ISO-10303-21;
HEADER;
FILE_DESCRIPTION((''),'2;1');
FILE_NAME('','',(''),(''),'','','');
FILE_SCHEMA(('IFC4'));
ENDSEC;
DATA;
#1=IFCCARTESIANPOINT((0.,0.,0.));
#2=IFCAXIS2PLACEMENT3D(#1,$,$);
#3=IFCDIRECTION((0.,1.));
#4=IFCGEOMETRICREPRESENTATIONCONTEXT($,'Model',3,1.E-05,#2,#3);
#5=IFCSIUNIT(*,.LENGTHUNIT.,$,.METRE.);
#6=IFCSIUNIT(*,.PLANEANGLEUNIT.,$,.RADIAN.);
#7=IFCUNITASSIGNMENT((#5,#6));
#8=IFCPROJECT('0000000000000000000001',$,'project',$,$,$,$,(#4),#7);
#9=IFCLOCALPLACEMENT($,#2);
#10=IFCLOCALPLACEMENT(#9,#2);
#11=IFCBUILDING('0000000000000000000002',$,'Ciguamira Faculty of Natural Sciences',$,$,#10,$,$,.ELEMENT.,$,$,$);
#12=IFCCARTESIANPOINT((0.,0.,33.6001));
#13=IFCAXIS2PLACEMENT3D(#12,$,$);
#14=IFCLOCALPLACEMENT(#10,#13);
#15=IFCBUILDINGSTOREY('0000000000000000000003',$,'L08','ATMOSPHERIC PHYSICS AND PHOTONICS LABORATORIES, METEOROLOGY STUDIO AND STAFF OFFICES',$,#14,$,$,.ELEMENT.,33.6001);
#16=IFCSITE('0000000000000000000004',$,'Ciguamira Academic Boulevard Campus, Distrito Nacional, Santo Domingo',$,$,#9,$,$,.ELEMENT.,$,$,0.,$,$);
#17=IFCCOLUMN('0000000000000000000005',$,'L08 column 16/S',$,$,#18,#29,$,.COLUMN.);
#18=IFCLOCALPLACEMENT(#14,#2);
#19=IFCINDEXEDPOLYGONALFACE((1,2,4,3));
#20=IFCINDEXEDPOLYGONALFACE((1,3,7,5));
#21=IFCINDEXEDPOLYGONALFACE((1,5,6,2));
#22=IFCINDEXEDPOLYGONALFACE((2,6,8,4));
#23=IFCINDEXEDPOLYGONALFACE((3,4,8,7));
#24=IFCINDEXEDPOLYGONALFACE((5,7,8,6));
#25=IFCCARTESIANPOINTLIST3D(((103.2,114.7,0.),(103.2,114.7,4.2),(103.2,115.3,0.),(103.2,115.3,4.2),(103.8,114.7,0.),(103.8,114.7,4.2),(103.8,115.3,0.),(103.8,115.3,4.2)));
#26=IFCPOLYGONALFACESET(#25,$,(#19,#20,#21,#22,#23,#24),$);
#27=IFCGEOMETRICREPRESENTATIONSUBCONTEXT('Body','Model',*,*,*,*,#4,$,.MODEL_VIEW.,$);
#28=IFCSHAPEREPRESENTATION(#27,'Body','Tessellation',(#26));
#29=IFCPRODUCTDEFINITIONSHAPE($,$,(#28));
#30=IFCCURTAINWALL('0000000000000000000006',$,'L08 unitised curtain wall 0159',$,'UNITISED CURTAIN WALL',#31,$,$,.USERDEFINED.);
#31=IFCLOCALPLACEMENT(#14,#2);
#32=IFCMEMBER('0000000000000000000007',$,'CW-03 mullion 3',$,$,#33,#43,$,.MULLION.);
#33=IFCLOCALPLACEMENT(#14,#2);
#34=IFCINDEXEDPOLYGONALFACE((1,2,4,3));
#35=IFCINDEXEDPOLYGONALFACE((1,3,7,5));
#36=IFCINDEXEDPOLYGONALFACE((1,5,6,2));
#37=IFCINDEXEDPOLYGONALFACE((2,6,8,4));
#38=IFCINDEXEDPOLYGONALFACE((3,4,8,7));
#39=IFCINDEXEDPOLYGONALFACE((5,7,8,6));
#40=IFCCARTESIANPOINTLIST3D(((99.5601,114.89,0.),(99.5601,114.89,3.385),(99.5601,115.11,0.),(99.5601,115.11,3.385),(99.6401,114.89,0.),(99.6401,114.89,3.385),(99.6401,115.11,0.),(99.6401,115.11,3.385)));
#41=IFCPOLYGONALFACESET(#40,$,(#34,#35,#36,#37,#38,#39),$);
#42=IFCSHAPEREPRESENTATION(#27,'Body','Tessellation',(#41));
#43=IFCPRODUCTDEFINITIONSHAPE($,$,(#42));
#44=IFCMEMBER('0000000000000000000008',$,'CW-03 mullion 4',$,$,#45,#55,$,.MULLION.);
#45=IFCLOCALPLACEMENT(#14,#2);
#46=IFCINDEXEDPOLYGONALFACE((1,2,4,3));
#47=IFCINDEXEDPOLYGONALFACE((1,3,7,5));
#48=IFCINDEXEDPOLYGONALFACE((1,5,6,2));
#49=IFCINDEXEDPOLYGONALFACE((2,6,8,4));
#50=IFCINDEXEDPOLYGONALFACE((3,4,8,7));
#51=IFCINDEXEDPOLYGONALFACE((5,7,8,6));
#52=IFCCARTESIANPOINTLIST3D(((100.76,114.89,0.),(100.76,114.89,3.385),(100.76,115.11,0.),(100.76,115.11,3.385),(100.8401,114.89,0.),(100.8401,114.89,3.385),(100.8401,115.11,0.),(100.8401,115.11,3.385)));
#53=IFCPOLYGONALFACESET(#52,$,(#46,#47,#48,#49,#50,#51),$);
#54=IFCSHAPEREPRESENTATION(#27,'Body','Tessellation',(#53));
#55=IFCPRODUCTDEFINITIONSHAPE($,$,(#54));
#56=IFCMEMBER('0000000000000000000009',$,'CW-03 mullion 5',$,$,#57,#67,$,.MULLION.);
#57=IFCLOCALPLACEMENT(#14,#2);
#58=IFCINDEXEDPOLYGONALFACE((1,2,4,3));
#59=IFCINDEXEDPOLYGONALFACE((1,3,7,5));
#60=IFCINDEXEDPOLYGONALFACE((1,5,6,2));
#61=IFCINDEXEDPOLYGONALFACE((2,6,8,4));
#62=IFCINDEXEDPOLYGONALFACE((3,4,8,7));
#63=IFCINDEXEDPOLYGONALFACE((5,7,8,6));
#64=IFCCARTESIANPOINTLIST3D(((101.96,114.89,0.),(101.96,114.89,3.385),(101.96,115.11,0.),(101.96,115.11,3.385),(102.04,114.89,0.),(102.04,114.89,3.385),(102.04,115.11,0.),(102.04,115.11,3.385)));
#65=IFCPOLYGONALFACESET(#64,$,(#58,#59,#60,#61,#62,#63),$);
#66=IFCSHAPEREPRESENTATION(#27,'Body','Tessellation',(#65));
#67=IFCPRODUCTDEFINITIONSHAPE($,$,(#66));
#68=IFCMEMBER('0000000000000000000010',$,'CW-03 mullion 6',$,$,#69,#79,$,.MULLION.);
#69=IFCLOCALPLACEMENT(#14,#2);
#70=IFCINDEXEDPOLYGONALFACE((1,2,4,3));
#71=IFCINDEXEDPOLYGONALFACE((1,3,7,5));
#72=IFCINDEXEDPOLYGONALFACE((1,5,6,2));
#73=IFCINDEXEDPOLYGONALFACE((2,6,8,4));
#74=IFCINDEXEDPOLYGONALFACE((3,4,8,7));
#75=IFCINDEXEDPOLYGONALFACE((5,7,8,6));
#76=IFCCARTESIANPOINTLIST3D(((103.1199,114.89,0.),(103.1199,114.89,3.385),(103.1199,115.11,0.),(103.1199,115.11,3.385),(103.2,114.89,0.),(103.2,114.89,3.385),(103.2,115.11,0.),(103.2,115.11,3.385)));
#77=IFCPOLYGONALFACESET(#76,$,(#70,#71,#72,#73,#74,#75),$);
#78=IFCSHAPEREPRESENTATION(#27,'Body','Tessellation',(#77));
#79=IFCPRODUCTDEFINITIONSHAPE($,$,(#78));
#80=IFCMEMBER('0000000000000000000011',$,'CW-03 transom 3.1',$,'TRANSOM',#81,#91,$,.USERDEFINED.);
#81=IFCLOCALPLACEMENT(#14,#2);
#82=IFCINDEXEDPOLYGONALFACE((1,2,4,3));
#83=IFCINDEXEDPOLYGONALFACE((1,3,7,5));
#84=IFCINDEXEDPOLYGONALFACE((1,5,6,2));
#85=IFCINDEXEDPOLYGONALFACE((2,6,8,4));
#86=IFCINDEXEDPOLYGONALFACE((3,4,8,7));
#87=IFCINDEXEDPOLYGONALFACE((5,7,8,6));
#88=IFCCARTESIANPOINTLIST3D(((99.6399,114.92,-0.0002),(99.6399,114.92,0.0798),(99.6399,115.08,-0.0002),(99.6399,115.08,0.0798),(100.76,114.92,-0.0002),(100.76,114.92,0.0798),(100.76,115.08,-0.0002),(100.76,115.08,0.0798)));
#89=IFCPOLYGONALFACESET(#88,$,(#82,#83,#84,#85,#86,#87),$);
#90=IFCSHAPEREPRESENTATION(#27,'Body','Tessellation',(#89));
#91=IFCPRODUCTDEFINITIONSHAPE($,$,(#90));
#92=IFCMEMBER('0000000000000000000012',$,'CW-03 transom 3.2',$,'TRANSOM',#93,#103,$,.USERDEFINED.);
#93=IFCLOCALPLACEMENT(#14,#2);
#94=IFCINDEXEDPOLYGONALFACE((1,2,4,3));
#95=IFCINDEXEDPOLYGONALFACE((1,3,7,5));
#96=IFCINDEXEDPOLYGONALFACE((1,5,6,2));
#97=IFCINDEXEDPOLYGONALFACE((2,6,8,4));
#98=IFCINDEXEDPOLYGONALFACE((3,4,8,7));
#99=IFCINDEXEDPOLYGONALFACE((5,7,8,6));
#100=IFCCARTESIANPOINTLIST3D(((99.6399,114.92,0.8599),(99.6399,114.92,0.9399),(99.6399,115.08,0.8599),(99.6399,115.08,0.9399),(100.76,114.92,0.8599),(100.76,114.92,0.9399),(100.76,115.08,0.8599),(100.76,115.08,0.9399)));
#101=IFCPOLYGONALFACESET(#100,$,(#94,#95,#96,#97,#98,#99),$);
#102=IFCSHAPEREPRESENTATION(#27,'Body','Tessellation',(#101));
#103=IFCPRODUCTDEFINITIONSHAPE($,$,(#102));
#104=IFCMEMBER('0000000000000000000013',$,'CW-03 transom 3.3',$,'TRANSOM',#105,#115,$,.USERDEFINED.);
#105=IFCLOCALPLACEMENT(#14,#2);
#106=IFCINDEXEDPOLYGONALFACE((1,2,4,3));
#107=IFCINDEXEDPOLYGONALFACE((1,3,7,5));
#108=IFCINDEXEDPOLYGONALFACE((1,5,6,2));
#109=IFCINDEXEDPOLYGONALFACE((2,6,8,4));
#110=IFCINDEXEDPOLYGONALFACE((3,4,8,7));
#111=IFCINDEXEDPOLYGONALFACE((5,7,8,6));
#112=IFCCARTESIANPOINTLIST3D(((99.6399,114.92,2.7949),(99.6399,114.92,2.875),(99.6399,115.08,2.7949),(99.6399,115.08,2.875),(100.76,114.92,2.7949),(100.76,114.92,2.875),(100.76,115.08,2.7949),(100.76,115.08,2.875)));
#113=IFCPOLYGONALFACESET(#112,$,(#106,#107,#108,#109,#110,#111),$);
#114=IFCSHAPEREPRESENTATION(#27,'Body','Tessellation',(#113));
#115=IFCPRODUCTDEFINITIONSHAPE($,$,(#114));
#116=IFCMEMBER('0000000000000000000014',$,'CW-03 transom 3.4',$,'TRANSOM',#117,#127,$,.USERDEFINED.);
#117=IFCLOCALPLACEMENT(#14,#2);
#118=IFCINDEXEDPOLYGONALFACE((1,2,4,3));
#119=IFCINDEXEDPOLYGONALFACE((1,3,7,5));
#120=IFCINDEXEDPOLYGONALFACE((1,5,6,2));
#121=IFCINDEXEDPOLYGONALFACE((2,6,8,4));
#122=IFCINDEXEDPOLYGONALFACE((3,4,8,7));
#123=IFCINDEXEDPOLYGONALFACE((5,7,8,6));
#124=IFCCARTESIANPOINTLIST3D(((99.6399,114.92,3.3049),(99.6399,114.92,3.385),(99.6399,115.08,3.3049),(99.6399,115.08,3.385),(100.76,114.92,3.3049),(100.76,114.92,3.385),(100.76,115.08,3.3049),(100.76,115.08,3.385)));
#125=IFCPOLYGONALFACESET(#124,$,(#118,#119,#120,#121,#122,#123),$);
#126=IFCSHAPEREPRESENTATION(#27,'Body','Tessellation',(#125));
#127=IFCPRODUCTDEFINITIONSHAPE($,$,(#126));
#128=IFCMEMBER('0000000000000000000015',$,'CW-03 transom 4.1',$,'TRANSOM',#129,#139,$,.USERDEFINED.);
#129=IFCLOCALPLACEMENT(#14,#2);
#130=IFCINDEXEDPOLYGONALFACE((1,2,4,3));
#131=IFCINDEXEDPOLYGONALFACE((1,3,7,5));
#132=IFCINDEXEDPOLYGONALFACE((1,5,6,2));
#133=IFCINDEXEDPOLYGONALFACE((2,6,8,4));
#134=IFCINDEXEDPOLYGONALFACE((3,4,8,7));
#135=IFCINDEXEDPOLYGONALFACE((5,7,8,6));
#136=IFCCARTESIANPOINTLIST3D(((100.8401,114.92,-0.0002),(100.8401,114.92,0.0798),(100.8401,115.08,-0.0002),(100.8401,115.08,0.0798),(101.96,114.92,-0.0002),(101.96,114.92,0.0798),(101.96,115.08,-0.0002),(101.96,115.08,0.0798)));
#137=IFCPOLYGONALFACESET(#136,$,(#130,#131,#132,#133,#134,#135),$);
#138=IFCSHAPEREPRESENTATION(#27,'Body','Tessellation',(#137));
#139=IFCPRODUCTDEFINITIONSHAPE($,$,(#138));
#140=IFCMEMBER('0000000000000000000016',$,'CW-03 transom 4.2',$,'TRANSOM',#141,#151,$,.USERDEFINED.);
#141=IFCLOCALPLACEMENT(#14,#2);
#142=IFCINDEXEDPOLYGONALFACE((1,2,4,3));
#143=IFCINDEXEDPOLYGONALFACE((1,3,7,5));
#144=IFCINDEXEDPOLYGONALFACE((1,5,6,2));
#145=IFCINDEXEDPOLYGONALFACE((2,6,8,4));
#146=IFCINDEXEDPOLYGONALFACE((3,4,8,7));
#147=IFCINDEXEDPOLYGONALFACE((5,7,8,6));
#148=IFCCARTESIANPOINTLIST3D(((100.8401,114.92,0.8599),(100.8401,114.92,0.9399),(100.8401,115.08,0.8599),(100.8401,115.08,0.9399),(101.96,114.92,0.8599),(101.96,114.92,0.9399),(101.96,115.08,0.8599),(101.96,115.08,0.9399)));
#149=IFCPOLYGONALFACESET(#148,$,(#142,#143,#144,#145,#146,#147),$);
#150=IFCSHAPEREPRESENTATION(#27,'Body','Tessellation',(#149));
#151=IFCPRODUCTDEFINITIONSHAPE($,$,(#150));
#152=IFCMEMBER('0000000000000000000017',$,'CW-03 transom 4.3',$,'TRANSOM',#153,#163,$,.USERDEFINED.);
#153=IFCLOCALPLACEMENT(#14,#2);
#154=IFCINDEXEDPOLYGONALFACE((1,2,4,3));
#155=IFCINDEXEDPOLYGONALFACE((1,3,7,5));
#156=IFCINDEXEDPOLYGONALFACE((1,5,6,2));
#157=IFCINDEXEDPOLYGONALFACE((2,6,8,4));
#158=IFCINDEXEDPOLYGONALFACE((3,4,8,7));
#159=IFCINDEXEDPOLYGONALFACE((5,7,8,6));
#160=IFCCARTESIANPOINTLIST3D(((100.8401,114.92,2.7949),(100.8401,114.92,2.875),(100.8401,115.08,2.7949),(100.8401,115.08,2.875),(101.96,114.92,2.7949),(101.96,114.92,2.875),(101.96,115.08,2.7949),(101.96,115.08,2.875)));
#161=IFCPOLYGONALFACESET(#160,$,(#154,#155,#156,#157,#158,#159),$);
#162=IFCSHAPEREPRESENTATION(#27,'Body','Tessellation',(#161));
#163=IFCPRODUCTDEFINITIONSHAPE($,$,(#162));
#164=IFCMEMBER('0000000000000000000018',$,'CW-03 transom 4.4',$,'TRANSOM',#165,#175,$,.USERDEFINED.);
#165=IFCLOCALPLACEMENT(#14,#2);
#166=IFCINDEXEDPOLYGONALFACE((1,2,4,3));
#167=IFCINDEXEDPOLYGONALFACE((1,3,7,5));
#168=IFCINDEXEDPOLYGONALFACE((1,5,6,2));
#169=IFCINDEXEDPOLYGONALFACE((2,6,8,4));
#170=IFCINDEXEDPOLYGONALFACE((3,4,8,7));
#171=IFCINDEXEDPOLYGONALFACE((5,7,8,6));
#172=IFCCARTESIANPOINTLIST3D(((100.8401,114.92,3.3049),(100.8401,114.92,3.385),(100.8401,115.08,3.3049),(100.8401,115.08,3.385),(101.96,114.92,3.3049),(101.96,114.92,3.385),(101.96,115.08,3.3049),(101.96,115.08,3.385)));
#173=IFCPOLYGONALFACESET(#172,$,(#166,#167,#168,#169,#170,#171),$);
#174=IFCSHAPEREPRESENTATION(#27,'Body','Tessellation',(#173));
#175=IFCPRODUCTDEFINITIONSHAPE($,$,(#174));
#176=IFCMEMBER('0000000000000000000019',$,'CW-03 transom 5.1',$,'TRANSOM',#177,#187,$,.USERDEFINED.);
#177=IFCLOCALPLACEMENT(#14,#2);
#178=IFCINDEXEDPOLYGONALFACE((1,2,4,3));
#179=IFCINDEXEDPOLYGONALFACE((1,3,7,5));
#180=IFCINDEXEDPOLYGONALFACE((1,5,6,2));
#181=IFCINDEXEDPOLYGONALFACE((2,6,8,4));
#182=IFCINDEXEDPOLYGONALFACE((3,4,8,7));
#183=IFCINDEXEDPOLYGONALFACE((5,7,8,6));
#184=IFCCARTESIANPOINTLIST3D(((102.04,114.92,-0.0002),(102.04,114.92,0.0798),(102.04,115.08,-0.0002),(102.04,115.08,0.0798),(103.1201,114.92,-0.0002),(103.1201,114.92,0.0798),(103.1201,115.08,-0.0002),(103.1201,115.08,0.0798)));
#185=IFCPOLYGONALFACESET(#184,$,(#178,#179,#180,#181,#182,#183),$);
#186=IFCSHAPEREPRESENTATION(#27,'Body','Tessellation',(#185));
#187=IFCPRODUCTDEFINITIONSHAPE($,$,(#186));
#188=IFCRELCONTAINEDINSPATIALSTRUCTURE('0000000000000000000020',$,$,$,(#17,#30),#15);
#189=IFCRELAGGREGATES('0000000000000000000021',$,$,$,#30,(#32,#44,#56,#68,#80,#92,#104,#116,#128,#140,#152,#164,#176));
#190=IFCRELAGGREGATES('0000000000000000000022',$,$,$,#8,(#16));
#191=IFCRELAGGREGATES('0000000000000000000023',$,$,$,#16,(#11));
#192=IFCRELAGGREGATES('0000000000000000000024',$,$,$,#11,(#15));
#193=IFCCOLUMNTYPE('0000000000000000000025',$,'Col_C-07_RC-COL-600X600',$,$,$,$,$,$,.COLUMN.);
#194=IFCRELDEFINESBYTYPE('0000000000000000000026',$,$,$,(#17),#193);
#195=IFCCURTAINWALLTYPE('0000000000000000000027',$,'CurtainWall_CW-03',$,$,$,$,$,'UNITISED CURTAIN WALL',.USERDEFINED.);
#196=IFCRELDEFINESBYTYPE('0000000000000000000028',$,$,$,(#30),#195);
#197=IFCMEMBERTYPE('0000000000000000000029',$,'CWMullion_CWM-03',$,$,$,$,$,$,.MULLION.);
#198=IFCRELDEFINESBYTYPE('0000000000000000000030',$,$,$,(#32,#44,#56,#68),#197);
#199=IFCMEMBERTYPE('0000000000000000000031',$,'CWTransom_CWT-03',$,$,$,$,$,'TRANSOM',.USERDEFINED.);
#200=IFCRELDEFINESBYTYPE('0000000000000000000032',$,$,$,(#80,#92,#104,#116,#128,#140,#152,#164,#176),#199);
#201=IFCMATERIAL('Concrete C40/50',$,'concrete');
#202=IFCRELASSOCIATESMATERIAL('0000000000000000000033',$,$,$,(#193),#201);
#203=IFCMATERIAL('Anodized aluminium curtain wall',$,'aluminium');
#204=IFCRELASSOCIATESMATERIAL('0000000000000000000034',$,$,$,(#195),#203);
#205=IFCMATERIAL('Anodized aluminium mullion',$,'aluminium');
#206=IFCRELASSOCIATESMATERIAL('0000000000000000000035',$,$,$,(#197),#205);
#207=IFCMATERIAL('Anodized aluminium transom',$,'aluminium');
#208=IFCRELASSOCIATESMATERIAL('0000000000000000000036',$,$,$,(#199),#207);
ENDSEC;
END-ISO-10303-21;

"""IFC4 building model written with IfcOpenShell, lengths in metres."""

from ifc_helpers import new_model, si_unit, direction, frame, origin, origin_2d, place, context, subcontext, project, spatial, rectangle, extrude, material, material_profile, profile_set, type_object, element, aggregate, save


model = new_model("IFC4")

# Units and contexts
model_context = context("Model", 3, precision=1e-05, world=origin(), true_north=direction((0.0, 1.0)))
body_context = subcontext(model_context, "Body", "Model", "MODEL_VIEW")
ifc_project = project(units=[si_unit("LENGTHUNIT", "METRE"), si_unit("PLANEANGLEUNIT", "RADIAN")], contexts=[model_context])

# Site, building, storey
site_placement = place(None, origin())
site = spatial("IfcSite", under=ifc_project, at=site_placement, Name="Ciguamira Academic Boulevard Campus, Distrito Nacional, Santo Domingo", CompositionType="ELEMENT", RefElevation=0.0)
building_placement = place(site_placement, origin())
building = spatial("IfcBuilding", under=site, at=building_placement, Name="Ciguamira Faculty of Natural Sciences", CompositionType="ELEMENT")
storey_placement = place(building_placement, frame((0.0, 0.0, 33.6001)))
storey = spatial("IfcBuildingStorey", under=building, at=storey_placement, Name="L08", Description="ATMOSPHERIC PHYSICS AND PHOTONICS LABORATORIES, METEOROLOGY STUDIO AND STAFF OFFICES", CompositionType="ELEMENT", Elevation=33.6001)

# Column
ifc_material_1 = material(Name="Concrete C40/50", Category="concrete")
ifc_material_profile_1 = material_profile(ifc_material_1, rectangle(XDim=0.6001, YDim=0.6001, at=origin_2d()), Name="RC-COL-600X600")
ifc_profile_set_1 = profile_set([ifc_material_profile_1], Name="Concrete C40/50")
column_type = type_object("IfcColumnType", Name="Col_C-07_RC-COL-600X600", PredefinedType="COLUMN", material=ifc_profile_set_1)
column_placement = place(storey_placement, frame((103.5, 115.0, 0.0), z_axis=(0.0, 0.0, 1.0), x_axis=(1.0, 0.0, 0.0)))
element("IfcColumn", 1, at=column_placement, inside=storey, type_object=column_type, Name="L08 column 16/S", PredefinedType="COLUMN", context=body_context, shape_type="SweptSolid", body=[
    extrude(rectangle(XDim=0.6001, YDim=0.6001, at=origin_2d()), origin(), (0.0, 0.0, 1.0), 4.2),
])

# Curtain wall, members
ifc_material_2 = material(Name="Anodized aluminium curtain wall", Category="aluminium")
curtain_wall_type = type_object("IfcCurtainWallType", Name="CurtainWall_CW-03", ElementType="UNITISED CURTAIN WALL", PredefinedType="USERDEFINED", material=ifc_material_2)
curtain_wall_placement = place(storey_placement, origin())
curtain_wall = element("IfcCurtainWall", 2, at=curtain_wall_placement, inside=storey, type_object=curtain_wall_type, Name="L08 unitised curtain wall 0159", ObjectType="UNITISED CURTAIN WALL", PredefinedType="USERDEFINED")
ifc_material_3 = material(Name="Anodized aluminium mullion", Category="aluminium")
ifc_material_profile_2 = material_profile(ifc_material_3, rectangle(XDim=0.0801, YDim=0.22, at=origin_2d()), Name="ALU-MUL-80X220")
ifc_profile_set_2 = profile_set([ifc_material_profile_2], Name="Anodized aluminium mullion")
member_type_1 = type_object("IfcMemberType", Name="CWMullion_CWM-03", PredefinedType="MULLION", material=ifc_profile_set_2)
member_1_placement = place(storey_placement, frame((99.6001, 115.0, 0.0), z_axis=(0.0, 0.0, 1.0), x_axis=(1.0, 0.0, 0.0)))
member_1 = element("IfcMember", 3, at=member_1_placement, type_object=member_type_1, Name="CW-03 mullion 3", PredefinedType="MULLION", context=body_context, shape_type="SweptSolid", body=[
    extrude(rectangle(XDim=0.0801, YDim=0.22, at=origin_2d()), origin(), (0.0, 0.0, 1.0), 3.385),
])
member_2_placement = place(storey_placement, frame((100.8, 115.0, 0.0), z_axis=(0.0, 0.0, 1.0), x_axis=(1.0, 0.0, 0.0)))
member_2 = element("IfcMember", 4, at=member_2_placement, type_object=member_type_1, Name="CW-03 mullion 4", PredefinedType="MULLION", context=body_context, shape_type="SweptSolid", body=[
    extrude(rectangle(XDim=0.0801, YDim=0.22, at=origin_2d()), origin(), (0.0, 0.0, 1.0), 3.385),
])
member_3_placement = place(storey_placement, frame((102.0, 115.0, 0.0), z_axis=(0.0, 0.0, 1.0), x_axis=(1.0, 0.0, 0.0)))
member_3 = element("IfcMember", 5, at=member_3_placement, type_object=member_type_1, Name="CW-03 mullion 5", PredefinedType="MULLION", context=body_context, shape_type="SweptSolid", body=[
    extrude(rectangle(XDim=0.0801, YDim=0.22, at=origin_2d()), origin(), (0.0, 0.0, 1.0), 3.385),
])
member_4_placement = place(storey_placement, frame((103.1599, 115.0, 0.0), z_axis=(0.0, 0.0, 1.0), x_axis=(1.0, 0.0, 0.0)))
member_4 = element("IfcMember", 6, at=member_4_placement, type_object=member_type_1, Name="CW-03 mullion 6", PredefinedType="MULLION", context=body_context, shape_type="SweptSolid", body=[
    extrude(rectangle(XDim=0.0801, YDim=0.22, at=origin_2d()), origin(), (0.0, 0.0, 1.0), 3.385),
])
ifc_material_4 = material(Name="Anodized aluminium transom", Category="aluminium")
ifc_material_profile_3 = material_profile(ifc_material_4, rectangle(XDim=0.0801, YDim=0.1599, at=origin_2d()), Name="ALU-TRN-80X160")
ifc_profile_set_3 = profile_set([ifc_material_profile_3], Name="Anodized aluminium transom")
member_type_2 = type_object("IfcMemberType", Name="CWTransom_CWT-03", ElementType="TRANSOM", PredefinedType="USERDEFINED", material=ifc_profile_set_3)
member_5_placement = place(storey_placement, frame((99.6399, 115.0, 0.0398), z_axis=(1.0, 0.0, 0.0), x_axis=(0.0, 0.0, 1.0)))
member_5 = element("IfcMember", 7, at=member_5_placement, type_object=member_type_2, Name="CW-03 transom 3.1", ObjectType="TRANSOM", PredefinedType="USERDEFINED", context=body_context, shape_type="SweptSolid", body=[
    extrude(rectangle(XDim=0.0801, YDim=0.1599, at=origin_2d()), origin(), (0.0, 0.0, 1.0), 1.1201),
])
member_6_placement = place(storey_placement, frame((99.6399, 115.0, 0.8999), z_axis=(1.0, 0.0, 0.0), x_axis=(0.0, 0.0, 1.0)))
member_6 = element("IfcMember", 8, at=member_6_placement, type_object=member_type_2, Name="CW-03 transom 3.2", ObjectType="TRANSOM", PredefinedType="USERDEFINED", context=body_context, shape_type="SweptSolid", body=[
    extrude(rectangle(XDim=0.0801, YDim=0.1599, at=origin_2d()), origin(), (0.0, 0.0, 1.0), 1.1201),
])
member_7_placement = place(storey_placement, frame((99.6399, 115.0, 2.835), z_axis=(1.0, 0.0, 0.0), x_axis=(0.0, 0.0, 1.0)))
member_7 = element("IfcMember", 9, at=member_7_placement, type_object=member_type_2, Name="CW-03 transom 3.3", ObjectType="TRANSOM", PredefinedType="USERDEFINED", context=body_context, shape_type="SweptSolid", body=[
    extrude(rectangle(XDim=0.0801, YDim=0.1599, at=origin_2d()), origin(), (0.0, 0.0, 1.0), 1.1201),
])
member_8_placement = place(storey_placement, frame((99.6399, 115.0, 3.345), z_axis=(1.0, 0.0, 0.0), x_axis=(0.0, 0.0, 1.0)))
member_8 = element("IfcMember", 10, at=member_8_placement, type_object=member_type_2, Name="CW-03 transom 3.4", ObjectType="TRANSOM", PredefinedType="USERDEFINED", context=body_context, shape_type="SweptSolid", body=[
    extrude(rectangle(XDim=0.0801, YDim=0.1599, at=origin_2d()), origin(), (0.0, 0.0, 1.0), 1.1201),
])
member_9_placement = place(storey_placement, frame((100.8401, 115.0, 0.0398), z_axis=(1.0, 0.0, 0.0), x_axis=(0.0, 0.0, 1.0)))
member_9 = element("IfcMember", 11, at=member_9_placement, type_object=member_type_2, Name="CW-03 transom 4.1", ObjectType="TRANSOM", PredefinedType="USERDEFINED", context=body_context, shape_type="SweptSolid", body=[
    extrude(rectangle(XDim=0.0801, YDim=0.1599, at=origin_2d()), origin(), (0.0, 0.0, 1.0), 1.1199),
])
member_10_placement = place(storey_placement, frame((100.8401, 115.0, 0.8999), z_axis=(1.0, 0.0, 0.0), x_axis=(0.0, 0.0, 1.0)))
member_10 = element("IfcMember", 12, at=member_10_placement, type_object=member_type_2, Name="CW-03 transom 4.2", ObjectType="TRANSOM", PredefinedType="USERDEFINED", context=body_context, shape_type="SweptSolid", body=[
    extrude(rectangle(XDim=0.0801, YDim=0.1599, at=origin_2d()), origin(), (0.0, 0.0, 1.0), 1.1199),
])
member_11_placement = place(storey_placement, frame((100.8401, 115.0, 2.835), z_axis=(1.0, 0.0, 0.0), x_axis=(0.0, 0.0, 1.0)))
member_11 = element("IfcMember", 13, at=member_11_placement, type_object=member_type_2, Name="CW-03 transom 4.3", ObjectType="TRANSOM", PredefinedType="USERDEFINED", context=body_context, shape_type="SweptSolid", body=[
    extrude(rectangle(XDim=0.0801, YDim=0.1599, at=origin_2d()), origin(), (0.0, 0.0, 1.0), 1.1199),
])
member_12_placement = place(storey_placement, frame((100.8401, 115.0, 3.345), z_axis=(1.0, 0.0, 0.0), x_axis=(0.0, 0.0, 1.0)))
member_12 = element("IfcMember", 14, at=member_12_placement, type_object=member_type_2, Name="CW-03 transom 4.4", ObjectType="TRANSOM", PredefinedType="USERDEFINED", context=body_context, shape_type="SweptSolid", body=[
    extrude(rectangle(XDim=0.0801, YDim=0.1599, at=origin_2d()), origin(), (0.0, 0.0, 1.0), 1.1199),
])
member_13_placement = place(storey_placement, frame((102.04, 115.0, 0.0398), z_axis=(1.0, 0.0, 0.0), x_axis=(0.0, 0.0, 1.0)))
member_13 = element("IfcMember", 15, at=member_13_placement, type_object=member_type_2, Name="CW-03 transom 5.1", ObjectType="TRANSOM", PredefinedType="USERDEFINED", context=body_context, shape_type="SweptSolid", body=[
    extrude(rectangle(XDim=0.0801, YDim=0.1599, at=origin_2d()), origin(), (0.0, 0.0, 1.0), 1.0801),
])
aggregate(curtain_wall, [member_1, member_2, member_3, member_4, member_5, member_6, member_7, member_8, member_9, member_10, member_11, member_12, member_13])

save(model, "model.ifc")
